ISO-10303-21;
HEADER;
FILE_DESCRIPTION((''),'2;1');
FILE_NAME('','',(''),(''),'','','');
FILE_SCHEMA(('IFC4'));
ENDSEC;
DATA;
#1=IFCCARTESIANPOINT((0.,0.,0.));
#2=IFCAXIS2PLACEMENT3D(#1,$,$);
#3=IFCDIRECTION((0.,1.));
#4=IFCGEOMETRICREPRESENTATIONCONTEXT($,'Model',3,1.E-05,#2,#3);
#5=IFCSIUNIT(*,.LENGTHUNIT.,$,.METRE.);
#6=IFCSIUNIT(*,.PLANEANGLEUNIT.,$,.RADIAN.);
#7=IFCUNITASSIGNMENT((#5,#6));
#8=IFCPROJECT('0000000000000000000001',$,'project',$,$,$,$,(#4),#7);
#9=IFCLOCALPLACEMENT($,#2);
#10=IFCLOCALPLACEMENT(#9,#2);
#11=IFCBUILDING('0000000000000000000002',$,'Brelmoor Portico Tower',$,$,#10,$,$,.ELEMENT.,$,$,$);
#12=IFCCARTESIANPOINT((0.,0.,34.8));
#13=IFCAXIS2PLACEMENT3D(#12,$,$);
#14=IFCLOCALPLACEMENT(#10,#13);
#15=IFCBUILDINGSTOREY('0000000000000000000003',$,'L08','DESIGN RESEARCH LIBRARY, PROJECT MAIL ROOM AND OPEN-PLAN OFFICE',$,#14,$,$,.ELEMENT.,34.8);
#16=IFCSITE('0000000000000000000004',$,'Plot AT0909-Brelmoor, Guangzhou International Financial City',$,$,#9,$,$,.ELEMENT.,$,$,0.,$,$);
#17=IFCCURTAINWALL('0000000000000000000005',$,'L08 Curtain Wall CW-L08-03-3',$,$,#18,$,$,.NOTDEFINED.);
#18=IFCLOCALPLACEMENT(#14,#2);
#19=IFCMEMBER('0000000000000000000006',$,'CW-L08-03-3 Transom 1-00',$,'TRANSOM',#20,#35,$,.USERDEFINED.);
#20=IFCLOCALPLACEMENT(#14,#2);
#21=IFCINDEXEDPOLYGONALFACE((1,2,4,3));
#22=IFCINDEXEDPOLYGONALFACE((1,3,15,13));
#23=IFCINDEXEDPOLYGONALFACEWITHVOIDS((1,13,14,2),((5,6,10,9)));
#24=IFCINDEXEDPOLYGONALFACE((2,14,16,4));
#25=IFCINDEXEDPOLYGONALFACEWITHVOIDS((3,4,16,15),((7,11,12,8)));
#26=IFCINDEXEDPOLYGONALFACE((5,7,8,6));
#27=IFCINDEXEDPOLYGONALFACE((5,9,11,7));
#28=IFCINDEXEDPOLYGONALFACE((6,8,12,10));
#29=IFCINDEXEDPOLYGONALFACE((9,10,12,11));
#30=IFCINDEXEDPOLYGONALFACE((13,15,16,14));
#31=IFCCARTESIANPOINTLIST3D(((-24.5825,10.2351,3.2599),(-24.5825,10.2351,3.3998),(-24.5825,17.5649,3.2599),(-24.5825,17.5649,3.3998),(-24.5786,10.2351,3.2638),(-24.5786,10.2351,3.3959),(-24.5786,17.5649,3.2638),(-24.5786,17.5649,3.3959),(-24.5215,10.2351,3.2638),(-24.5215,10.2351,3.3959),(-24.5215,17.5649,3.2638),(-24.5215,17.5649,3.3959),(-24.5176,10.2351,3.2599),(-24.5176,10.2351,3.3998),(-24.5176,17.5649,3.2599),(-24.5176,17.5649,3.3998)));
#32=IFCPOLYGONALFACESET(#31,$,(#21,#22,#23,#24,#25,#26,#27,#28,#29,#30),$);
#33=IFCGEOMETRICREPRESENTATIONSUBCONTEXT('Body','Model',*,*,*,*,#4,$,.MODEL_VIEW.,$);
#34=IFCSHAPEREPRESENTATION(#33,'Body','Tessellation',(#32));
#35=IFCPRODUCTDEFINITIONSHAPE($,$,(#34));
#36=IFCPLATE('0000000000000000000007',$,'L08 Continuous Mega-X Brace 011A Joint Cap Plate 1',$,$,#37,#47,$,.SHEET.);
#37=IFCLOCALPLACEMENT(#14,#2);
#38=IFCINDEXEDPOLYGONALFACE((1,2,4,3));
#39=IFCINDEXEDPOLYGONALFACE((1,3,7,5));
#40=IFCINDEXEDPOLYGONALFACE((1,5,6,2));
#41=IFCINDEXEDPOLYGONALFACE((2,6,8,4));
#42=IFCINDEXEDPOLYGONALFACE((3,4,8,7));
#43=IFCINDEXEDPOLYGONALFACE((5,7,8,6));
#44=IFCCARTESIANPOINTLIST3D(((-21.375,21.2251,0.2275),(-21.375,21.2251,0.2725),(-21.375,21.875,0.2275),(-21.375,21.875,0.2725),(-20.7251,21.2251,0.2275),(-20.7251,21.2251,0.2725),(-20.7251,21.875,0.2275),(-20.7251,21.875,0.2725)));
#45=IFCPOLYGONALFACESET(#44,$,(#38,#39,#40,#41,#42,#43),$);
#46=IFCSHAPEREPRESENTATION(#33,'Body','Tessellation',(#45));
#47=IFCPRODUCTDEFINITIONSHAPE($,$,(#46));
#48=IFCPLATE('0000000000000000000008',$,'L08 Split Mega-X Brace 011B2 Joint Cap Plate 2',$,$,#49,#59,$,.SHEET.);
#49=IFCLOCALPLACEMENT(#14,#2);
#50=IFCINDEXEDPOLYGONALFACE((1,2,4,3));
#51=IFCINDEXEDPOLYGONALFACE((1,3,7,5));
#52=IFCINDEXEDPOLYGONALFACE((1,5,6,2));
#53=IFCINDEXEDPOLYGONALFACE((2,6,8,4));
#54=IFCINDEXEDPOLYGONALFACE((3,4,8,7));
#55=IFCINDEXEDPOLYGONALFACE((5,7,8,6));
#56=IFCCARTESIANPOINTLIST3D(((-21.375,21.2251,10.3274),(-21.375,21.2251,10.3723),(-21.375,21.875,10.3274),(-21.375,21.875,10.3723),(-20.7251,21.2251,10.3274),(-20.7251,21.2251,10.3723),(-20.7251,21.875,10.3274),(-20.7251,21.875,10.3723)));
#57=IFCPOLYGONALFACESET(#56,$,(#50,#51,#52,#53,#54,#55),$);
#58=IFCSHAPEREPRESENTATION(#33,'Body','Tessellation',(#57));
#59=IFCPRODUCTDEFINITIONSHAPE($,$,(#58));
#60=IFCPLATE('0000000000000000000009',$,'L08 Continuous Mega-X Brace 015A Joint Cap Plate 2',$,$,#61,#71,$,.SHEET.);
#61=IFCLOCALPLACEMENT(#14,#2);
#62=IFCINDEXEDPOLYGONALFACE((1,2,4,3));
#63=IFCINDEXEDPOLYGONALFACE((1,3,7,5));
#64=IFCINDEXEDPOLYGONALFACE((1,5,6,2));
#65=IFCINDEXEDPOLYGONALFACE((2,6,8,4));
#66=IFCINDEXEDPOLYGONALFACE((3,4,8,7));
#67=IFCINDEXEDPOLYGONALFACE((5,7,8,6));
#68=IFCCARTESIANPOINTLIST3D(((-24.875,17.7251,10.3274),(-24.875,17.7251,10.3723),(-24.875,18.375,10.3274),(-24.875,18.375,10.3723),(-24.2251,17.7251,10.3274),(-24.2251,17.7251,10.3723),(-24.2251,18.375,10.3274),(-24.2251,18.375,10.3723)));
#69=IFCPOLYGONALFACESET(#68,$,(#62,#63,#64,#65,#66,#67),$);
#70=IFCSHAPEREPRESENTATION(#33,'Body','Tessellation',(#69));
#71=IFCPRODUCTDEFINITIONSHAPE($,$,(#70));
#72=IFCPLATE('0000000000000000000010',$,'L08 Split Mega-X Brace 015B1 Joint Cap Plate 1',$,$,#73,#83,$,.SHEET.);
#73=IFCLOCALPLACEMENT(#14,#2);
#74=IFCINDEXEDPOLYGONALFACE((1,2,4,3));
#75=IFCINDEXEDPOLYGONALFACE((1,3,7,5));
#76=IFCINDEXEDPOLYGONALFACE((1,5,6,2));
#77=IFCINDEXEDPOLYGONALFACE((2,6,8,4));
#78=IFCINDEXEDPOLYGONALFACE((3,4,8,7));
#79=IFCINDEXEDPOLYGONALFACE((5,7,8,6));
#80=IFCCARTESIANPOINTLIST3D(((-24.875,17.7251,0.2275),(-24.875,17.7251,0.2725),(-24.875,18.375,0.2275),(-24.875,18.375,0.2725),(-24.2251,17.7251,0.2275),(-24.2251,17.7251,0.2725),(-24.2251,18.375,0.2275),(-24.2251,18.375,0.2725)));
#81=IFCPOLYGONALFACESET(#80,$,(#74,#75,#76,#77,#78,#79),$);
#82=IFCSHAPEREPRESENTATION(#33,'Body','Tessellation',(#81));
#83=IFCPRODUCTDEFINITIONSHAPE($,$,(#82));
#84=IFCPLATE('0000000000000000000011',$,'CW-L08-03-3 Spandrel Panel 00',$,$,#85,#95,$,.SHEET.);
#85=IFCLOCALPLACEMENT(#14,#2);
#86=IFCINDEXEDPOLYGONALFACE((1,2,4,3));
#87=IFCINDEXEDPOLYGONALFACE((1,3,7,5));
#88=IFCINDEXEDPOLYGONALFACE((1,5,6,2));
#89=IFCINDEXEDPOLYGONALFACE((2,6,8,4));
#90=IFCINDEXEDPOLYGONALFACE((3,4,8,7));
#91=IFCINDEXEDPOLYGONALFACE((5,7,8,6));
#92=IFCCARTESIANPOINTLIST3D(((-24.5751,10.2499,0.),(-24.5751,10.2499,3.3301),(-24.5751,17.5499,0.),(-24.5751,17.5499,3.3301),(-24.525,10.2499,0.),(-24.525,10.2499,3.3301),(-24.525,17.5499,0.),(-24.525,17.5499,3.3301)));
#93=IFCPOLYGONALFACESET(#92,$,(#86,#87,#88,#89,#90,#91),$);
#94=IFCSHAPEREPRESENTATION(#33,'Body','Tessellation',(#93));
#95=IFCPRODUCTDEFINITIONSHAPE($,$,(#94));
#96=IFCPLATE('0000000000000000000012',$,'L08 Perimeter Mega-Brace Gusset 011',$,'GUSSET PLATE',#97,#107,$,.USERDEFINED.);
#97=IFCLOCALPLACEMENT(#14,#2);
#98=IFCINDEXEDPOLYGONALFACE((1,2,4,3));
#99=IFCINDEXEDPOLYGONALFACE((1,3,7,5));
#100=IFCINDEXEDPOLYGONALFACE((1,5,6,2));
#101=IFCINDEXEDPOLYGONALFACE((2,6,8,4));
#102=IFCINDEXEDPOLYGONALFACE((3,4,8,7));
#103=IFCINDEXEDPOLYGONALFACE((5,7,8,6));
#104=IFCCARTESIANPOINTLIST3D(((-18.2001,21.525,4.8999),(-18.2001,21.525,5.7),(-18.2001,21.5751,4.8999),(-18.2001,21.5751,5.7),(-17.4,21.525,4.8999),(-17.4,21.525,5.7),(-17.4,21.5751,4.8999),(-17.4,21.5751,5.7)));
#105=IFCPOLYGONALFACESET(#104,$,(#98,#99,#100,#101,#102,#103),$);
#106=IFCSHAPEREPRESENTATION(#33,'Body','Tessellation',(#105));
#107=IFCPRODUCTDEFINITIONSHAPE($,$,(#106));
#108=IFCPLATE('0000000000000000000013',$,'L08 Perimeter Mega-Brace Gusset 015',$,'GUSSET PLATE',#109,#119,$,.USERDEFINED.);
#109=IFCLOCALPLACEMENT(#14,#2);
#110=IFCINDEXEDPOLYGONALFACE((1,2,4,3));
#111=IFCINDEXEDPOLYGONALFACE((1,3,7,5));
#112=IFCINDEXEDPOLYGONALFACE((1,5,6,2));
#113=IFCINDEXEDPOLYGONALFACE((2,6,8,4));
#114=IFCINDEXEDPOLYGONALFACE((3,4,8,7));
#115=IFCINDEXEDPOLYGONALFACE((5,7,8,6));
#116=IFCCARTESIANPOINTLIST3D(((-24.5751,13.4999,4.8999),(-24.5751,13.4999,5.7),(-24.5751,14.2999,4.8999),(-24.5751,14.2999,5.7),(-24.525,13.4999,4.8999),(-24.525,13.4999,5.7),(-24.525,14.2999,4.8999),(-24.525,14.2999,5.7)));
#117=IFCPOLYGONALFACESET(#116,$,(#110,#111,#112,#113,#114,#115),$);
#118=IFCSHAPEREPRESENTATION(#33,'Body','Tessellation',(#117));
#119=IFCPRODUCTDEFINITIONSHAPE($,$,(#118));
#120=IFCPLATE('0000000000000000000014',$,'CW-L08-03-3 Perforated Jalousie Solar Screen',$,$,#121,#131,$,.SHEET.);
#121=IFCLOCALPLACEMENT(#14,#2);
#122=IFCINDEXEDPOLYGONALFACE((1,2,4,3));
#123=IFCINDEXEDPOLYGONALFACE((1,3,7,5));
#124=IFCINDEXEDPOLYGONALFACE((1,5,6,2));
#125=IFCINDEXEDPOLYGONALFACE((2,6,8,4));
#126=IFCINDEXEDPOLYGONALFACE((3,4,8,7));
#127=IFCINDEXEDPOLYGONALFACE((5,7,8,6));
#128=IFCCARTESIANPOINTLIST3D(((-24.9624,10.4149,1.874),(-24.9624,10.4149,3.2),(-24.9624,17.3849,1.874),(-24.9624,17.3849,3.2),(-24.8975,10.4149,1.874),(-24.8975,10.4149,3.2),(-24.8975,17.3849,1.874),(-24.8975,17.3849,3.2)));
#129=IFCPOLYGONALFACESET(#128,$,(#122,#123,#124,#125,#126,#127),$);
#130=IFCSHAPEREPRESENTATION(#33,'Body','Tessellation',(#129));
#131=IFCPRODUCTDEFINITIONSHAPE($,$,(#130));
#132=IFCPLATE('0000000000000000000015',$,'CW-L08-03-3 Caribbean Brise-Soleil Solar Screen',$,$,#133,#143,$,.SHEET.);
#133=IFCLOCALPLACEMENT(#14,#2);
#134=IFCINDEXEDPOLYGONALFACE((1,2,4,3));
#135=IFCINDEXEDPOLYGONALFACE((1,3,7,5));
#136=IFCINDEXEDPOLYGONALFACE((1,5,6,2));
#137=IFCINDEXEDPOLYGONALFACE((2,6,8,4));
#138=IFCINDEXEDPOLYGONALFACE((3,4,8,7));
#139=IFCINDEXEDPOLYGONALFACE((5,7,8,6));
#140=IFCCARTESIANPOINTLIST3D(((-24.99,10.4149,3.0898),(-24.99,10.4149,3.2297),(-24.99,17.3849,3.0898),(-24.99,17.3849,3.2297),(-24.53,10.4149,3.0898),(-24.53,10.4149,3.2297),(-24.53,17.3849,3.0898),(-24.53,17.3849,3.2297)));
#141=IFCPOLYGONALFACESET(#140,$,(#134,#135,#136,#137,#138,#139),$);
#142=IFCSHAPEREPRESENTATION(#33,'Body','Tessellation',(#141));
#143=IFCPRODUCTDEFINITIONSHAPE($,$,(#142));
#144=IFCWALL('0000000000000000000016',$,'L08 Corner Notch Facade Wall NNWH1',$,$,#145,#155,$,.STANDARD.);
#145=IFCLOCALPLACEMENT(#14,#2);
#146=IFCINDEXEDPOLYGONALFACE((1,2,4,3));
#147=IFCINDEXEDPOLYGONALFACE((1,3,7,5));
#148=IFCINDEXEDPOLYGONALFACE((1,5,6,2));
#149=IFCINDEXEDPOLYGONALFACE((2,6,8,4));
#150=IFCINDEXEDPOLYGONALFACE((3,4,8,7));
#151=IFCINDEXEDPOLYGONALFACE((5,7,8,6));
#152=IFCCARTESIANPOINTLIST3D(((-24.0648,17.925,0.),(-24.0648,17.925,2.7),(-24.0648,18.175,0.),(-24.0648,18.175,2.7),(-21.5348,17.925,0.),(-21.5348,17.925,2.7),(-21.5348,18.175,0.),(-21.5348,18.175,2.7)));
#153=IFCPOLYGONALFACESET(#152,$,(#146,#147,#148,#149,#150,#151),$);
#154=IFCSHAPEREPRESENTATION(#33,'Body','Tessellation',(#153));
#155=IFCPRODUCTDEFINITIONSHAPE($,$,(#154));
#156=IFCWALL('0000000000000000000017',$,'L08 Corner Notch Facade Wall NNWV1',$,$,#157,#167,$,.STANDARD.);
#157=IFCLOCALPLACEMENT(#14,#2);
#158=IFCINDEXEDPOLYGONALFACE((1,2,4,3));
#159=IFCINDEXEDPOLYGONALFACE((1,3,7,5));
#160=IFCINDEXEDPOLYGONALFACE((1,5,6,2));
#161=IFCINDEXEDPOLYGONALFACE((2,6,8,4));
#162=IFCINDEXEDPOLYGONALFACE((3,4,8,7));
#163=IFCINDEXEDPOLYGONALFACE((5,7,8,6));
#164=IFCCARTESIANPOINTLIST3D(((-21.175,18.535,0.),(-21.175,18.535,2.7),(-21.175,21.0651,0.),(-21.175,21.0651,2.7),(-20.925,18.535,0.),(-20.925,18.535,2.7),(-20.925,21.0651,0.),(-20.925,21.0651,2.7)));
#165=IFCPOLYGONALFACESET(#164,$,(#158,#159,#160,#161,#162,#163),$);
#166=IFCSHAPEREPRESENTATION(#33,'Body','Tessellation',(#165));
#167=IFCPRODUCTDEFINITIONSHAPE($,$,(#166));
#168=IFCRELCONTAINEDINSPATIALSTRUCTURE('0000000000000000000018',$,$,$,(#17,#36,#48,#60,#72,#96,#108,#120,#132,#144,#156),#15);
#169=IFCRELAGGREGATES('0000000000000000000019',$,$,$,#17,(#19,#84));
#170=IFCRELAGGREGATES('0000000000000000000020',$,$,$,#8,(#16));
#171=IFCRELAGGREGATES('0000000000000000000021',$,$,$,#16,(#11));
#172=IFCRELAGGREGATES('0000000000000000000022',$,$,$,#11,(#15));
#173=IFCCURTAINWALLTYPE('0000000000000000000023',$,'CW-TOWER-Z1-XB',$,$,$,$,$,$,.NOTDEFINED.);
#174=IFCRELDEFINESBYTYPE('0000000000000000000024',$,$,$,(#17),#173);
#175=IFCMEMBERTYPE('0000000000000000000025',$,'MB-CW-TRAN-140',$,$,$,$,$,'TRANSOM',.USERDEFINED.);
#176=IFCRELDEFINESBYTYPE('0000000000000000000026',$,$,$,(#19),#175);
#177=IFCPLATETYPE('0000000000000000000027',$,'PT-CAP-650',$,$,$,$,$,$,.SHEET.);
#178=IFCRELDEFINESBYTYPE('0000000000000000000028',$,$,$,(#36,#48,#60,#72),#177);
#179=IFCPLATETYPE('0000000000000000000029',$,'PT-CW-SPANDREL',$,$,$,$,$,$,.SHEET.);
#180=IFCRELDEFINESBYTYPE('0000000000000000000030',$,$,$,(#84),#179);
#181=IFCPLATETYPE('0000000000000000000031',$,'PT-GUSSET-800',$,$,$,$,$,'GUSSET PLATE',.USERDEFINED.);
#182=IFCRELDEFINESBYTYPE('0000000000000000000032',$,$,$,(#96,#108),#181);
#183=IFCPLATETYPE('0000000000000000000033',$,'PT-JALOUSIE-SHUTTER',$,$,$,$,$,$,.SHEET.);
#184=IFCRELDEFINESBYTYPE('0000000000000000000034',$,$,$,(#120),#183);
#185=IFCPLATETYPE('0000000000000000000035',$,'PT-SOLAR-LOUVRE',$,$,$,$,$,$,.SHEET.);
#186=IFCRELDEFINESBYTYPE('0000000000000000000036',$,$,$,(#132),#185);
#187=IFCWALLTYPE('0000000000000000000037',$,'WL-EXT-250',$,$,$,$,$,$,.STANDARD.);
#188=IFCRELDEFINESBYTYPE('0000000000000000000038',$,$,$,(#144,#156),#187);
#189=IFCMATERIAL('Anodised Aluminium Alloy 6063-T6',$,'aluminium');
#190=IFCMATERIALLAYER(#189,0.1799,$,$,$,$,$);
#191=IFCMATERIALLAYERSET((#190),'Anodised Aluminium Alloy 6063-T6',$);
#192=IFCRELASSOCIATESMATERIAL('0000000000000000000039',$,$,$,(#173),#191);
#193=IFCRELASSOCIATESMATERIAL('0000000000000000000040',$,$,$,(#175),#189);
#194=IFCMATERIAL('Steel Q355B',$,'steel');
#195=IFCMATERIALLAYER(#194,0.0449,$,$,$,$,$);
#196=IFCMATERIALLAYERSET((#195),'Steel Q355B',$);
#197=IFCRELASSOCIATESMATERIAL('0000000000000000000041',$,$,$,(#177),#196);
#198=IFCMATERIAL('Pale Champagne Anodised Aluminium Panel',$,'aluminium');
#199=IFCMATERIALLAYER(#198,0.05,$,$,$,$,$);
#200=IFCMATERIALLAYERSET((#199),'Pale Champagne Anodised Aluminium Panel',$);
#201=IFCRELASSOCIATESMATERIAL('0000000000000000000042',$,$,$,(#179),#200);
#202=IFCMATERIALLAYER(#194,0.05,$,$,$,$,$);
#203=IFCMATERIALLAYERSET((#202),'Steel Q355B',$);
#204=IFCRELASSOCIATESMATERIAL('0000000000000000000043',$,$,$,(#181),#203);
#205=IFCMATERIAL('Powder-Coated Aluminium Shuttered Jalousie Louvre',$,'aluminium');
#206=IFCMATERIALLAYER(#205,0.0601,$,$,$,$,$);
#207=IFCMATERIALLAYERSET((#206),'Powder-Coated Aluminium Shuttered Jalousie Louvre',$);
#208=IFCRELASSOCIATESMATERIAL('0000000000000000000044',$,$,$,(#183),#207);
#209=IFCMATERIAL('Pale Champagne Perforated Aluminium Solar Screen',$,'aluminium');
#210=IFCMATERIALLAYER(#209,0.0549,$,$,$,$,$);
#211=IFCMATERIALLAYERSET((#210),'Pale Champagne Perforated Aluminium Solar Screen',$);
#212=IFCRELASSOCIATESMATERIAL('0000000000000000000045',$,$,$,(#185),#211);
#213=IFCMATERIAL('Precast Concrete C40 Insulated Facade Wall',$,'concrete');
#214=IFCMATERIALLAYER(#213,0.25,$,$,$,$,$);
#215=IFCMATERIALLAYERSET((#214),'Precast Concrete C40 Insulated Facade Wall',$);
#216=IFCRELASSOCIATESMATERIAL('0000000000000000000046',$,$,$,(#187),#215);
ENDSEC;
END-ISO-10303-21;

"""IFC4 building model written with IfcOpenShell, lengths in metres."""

from ifc_helpers import new_model, si_unit, direction, frame, frame_2d, origin, origin_2d, place, context, subcontext, project, spatial, rectangle, hollow_rectangle, extrude, material, layer, layer_set, material_profile, profile_set, type_object, element, aggregate, save


model = new_model("IFC4")

# Units and contexts
model_context = context("Model", 3, precision=1e-05, world=origin(), true_north=direction((0.0, 1.0)))
body_context = subcontext(model_context, "Body", "Model", "MODEL_VIEW")
ifc_project = project(units=[si_unit("LENGTHUNIT", "METRE"), si_unit("PLANEANGLEUNIT", "RADIAN")], contexts=[model_context])

# Site, building, storey
site_placement = place(None, origin())
site = spatial("IfcSite", under=ifc_project, at=site_placement, Name="Plot AT0909-Brelmoor, Guangzhou International Financial City", CompositionType="ELEMENT", RefElevation=0.0)
building_placement = place(site_placement, origin())
building = spatial("IfcBuilding", under=site, at=building_placement, Name="Brelmoor Portico Tower", CompositionType="ELEMENT")
storey_placement = place(building_placement, frame((0.0, 0.0, 34.8)))
storey = spatial("IfcBuildingStorey", under=building, at=storey_placement, Name="L08", Description="DESIGN RESEARCH LIBRARY, PROJECT MAIL ROOM AND OPEN-PLAN OFFICE", CompositionType="ELEMENT", Elevation=34.8)

# Shared definitions
ifc_material_1 = material(Name="Steel Q355B", Category="steel")

# Shared definitions
ifc_material_2 = material(Name="Anodised Aluminium Alloy 6063-T6", Category="aluminium")
ifc_layer_1 = layer(ifc_material_2, 0.1799)
ifc_layer_set_1 = layer_set([ifc_layer_1], Name="Anodised Aluminium Alloy 6063-T6")
curtain_wall_type = type_object("IfcCurtainWallType", Name="CW-TOWER-Z1-XB", PredefinedType="NOTDEFINED", material=ifc_layer_set_1)

# Curtain wall
curtain_wall_1_placement = place(storey_placement, origin())
curtain_wall_1 = element("IfcCurtainWall", 1, at=curtain_wall_1_placement, inside=storey, type_object=curtain_wall_type, Name="L08 Curtain Wall CW-L08-03-3", PredefinedType="NOTDEFINED")

# Member
ifc_material_profile_1 = material_profile(ifc_material_2, hollow_rectangle(XDim=0.0649, YDim=0.1399, WallThickness=0.0039, at=origin_2d()), Name="ALU TRANSOM 65x140")
ifc_profile_set_1 = profile_set([ifc_material_profile_1], Name="Anodised Aluminium Alloy 6063-T6")
member_type_1 = type_object("IfcMemberType", Name="MB-CW-TRAN-140", ElementType="TRANSOM", PredefinedType="USERDEFINED", material=ifc_profile_set_1)
member_1_placement = place(storey_placement, frame((-24.55, 10.2351, 3.3298), z_axis=(0.0, 1.0, 0.0), x_axis=(-1.0, 0.0, 0.0)))
member_1 = element("IfcMember", 2, at=member_1_placement, type_object=member_type_1, Name="CW-L08-03-3 Transom 1-00", ObjectType="TRANSOM", PredefinedType="USERDEFINED", context=body_context, shape_type="SweptSolid", body=[
    extrude(hollow_rectangle(XDim=0.0649, YDim=0.1399, WallThickness=0.0039, at=origin_2d()), origin(), (0.0, 0.0, 1.0), 7.3298),
])

# Plates
ifc_layer_2 = layer(ifc_material_1, 0.0449)
ifc_layer_set_2 = layer_set([ifc_layer_2], Name="Steel Q355B")
plate_type_1 = type_object("IfcPlateType", Name="PT-CAP-650", PredefinedType="SHEET", material=ifc_layer_set_2)
for number, where, z_axis, x_axis, name in (
    (3, (-21.05, 21.55, 0.2275), (0.0, 0.0, 1.0), (1.0, 0.0, 0.0), "L08 Continuous Mega-X Brace 011A Joint Cap Plate 1"),
    (4, (-21.05, 21.55, 10.3274), (0.0, 0.0, 1.0), (1.0, 0.0, 0.0), "L08 Split Mega-X Brace 011B2 Joint Cap Plate 2"),
    (5, (-24.55, 18.05, 10.3274), (0.0, 0.0, 1.0), (1.0, 0.0, 0.0), "L08 Continuous Mega-X Brace 015A Joint Cap Plate 2"),
    (6, (-24.55, 18.05, 0.2275), (0.0, 0.0, 1.0), (1.0, 0.0, 0.0), "L08 Split Mega-X Brace 015B1 Joint Cap Plate 1"),
):
    element("IfcPlate", number, at=place(storey_placement, frame(where, z_axis=z_axis, x_axis=x_axis)), inside=storey, type_object=plate_type_1, Name=name, PredefinedType="SHEET", context=body_context, shape_type="SweptSolid", body=[
        extrude(rectangle(XDim=0.6499, YDim=0.6499, at=origin_2d()), origin(), (0.0, 0.0, 1.0), 0.0449),
    ])

# Plate
ifc_material_3 = material(Name="Pale Champagne Anodised Aluminium Panel", Category="aluminium")
ifc_layer_3 = layer(ifc_material_3, 0.05)
ifc_layer_set_3 = layer_set([ifc_layer_3], Name="Pale Champagne Anodised Aluminium Panel")
plate_type_2 = type_object("IfcPlateType", Name="PT-CW-SPANDREL", PredefinedType="SHEET", material=ifc_layer_set_3)
plate_1_placement = place(storey_placement, frame((-24.55, 13.8999, 0.0), z_axis=(0.0, 0.0, 1.0), x_axis=(0.0, 1.0, 0.0)))
plate_1 = element("IfcPlate", 7, at=plate_1_placement, type_object=plate_type_2, Name="CW-L08-03-3 Spandrel Panel 00", PredefinedType="SHEET", context=body_context, shape_type="SweptSolid", body=[
    extrude(rectangle(XDim=7.3, YDim=0.05, at=origin_2d()), origin(), (0.0, 0.0, 1.0), 3.3301),
])
aggregate(curtain_wall_1, [member_1, plate_1])

# Plates
ifc_layer_4 = layer(ifc_material_1, 0.05)
ifc_layer_set_4 = layer_set([ifc_layer_4], Name="Steel Q355B")
plate_type_3 = type_object("IfcPlateType", Name="PT-GUSSET-800", ElementType="GUSSET PLATE", PredefinedType="USERDEFINED", material=ifc_layer_set_4)
plate_2_placement = place(storey_placement, frame((-17.8, 21.55, 4.8999), z_axis=(0.0, 0.0, 1.0), x_axis=(1.0, 0.0, 0.0)))
element("IfcPlate", 8, at=plate_2_placement, inside=storey, type_object=plate_type_3, Name="L08 Perimeter Mega-Brace Gusset 011", ObjectType="GUSSET PLATE", PredefinedType="USERDEFINED", context=body_context, shape_type="SweptSolid", body=[
    extrude(rectangle(XDim=0.8, YDim=0.05, at=origin_2d()), origin(), (0.0, 0.0, 1.0), 0.8),
])
plate_3_placement = place(storey_placement, frame((-24.55, 13.8999, 4.8999), z_axis=(0.0, 0.0, 1.0), x_axis=(1.0, 0.0, 0.0)))
element("IfcPlate", 9, at=plate_3_placement, inside=storey, type_object=plate_type_3, Name="L08 Perimeter Mega-Brace Gusset 015", ObjectType="GUSSET PLATE", PredefinedType="USERDEFINED", context=body_context, shape_type="SweptSolid", body=[
    extrude(rectangle(XDim=0.05, YDim=0.8, at=origin_2d()), origin(), (0.0, 0.0, 1.0), 0.8),
])
ifc_material_4 = material(Name="Powder-Coated Aluminium Shuttered Jalousie Louvre", Category="aluminium")
ifc_layer_5 = layer(ifc_material_4, 0.0601)
ifc_layer_set_5 = layer_set([ifc_layer_5], Name="Powder-Coated Aluminium Shuttered Jalousie Louvre")
plate_type_4 = type_object("IfcPlateType", Name="PT-JALOUSIE-SHUTTER", PredefinedType="SHEET", material=ifc_layer_set_5)
plate_4_placement = place(storey_placement, frame((-24.9299, 13.8999, 1.874), z_axis=(0.0, 0.0, 1.0), x_axis=(0.0, 1.0, 0.0)))
element("IfcPlate", 10, at=plate_4_placement, inside=storey, type_object=plate_type_4, Name="CW-L08-03-3 Perforated Jalousie Solar Screen", PredefinedType="SHEET", context=body_context, shape_type="SweptSolid", body=[
    extrude(rectangle(XDim=6.97, YDim=0.0649, at=origin_2d()), origin(), (0.0, 0.0, 1.0), 1.3259),
])
ifc_material_5 = material(Name="Pale Champagne Perforated Aluminium Solar Screen", Category="aluminium")
ifc_layer_6 = layer(ifc_material_5, 0.0549)
ifc_layer_set_6 = layer_set([ifc_layer_6], Name="Pale Champagne Perforated Aluminium Solar Screen")
plate_type_5 = type_object("IfcPlateType", Name="PT-SOLAR-LOUVRE", PredefinedType="SHEET", material=ifc_layer_set_6)
plate_5_placement = place(storey_placement, frame((-24.76, 13.8999, 3.0898), z_axis=(0.0, 0.0, 1.0), x_axis=(0.0, 1.0, 0.0)))
element("IfcPlate", 11, at=plate_5_placement, inside=storey, type_object=plate_type_5, Name="CW-L08-03-3 Caribbean Brise-Soleil Solar Screen", PredefinedType="SHEET", context=body_context, shape_type="SweptSolid", body=[
    extrude(rectangle(XDim=6.97, YDim=0.46, at=origin_2d()), origin(), (0.0, 0.0, 1.0), 0.1399),
])

# Walls
ifc_material_6 = material(Name="Precast Concrete C40 Insulated Facade Wall", Category="concrete")
ifc_layer_7 = layer(ifc_material_6, 0.25)
ifc_layer_set_7 = layer_set([ifc_layer_7], Name="Precast Concrete C40 Insulated Facade Wall")
wall_type_1 = type_object("IfcWallType", Name="WL-EXT-250", PredefinedType="STANDARD", material=ifc_layer_set_7)
for number, where, z_axis, x_axis, name in (
    (12, (-24.0649, 18.05, 0.0), (0.0, 0.0, 1.0), (1.0, 0.0, 0.0), "L08 Corner Notch Facade Wall NNWH1"),
    (13, (-21.05, 18.5349, 0.0), (0.0, 0.0, 1.0), (0.0, 1.0, 0.0), "L08 Corner Notch Facade Wall NNWV1"),
):
    element("IfcWall", number, at=place(storey_placement, frame(where, z_axis=z_axis, x_axis=x_axis)), inside=storey, type_object=wall_type_1, Name=name, PredefinedType="STANDARD", context=body_context, shape_type="SweptSolid", body=[
        extrude(rectangle(XDim=2.53, YDim=0.25, at=frame_2d((1.2651, 0.0))), origin(), (0.0, 0.0, 1.0), 2.7),
    ])

save(model, "model.ifc")
